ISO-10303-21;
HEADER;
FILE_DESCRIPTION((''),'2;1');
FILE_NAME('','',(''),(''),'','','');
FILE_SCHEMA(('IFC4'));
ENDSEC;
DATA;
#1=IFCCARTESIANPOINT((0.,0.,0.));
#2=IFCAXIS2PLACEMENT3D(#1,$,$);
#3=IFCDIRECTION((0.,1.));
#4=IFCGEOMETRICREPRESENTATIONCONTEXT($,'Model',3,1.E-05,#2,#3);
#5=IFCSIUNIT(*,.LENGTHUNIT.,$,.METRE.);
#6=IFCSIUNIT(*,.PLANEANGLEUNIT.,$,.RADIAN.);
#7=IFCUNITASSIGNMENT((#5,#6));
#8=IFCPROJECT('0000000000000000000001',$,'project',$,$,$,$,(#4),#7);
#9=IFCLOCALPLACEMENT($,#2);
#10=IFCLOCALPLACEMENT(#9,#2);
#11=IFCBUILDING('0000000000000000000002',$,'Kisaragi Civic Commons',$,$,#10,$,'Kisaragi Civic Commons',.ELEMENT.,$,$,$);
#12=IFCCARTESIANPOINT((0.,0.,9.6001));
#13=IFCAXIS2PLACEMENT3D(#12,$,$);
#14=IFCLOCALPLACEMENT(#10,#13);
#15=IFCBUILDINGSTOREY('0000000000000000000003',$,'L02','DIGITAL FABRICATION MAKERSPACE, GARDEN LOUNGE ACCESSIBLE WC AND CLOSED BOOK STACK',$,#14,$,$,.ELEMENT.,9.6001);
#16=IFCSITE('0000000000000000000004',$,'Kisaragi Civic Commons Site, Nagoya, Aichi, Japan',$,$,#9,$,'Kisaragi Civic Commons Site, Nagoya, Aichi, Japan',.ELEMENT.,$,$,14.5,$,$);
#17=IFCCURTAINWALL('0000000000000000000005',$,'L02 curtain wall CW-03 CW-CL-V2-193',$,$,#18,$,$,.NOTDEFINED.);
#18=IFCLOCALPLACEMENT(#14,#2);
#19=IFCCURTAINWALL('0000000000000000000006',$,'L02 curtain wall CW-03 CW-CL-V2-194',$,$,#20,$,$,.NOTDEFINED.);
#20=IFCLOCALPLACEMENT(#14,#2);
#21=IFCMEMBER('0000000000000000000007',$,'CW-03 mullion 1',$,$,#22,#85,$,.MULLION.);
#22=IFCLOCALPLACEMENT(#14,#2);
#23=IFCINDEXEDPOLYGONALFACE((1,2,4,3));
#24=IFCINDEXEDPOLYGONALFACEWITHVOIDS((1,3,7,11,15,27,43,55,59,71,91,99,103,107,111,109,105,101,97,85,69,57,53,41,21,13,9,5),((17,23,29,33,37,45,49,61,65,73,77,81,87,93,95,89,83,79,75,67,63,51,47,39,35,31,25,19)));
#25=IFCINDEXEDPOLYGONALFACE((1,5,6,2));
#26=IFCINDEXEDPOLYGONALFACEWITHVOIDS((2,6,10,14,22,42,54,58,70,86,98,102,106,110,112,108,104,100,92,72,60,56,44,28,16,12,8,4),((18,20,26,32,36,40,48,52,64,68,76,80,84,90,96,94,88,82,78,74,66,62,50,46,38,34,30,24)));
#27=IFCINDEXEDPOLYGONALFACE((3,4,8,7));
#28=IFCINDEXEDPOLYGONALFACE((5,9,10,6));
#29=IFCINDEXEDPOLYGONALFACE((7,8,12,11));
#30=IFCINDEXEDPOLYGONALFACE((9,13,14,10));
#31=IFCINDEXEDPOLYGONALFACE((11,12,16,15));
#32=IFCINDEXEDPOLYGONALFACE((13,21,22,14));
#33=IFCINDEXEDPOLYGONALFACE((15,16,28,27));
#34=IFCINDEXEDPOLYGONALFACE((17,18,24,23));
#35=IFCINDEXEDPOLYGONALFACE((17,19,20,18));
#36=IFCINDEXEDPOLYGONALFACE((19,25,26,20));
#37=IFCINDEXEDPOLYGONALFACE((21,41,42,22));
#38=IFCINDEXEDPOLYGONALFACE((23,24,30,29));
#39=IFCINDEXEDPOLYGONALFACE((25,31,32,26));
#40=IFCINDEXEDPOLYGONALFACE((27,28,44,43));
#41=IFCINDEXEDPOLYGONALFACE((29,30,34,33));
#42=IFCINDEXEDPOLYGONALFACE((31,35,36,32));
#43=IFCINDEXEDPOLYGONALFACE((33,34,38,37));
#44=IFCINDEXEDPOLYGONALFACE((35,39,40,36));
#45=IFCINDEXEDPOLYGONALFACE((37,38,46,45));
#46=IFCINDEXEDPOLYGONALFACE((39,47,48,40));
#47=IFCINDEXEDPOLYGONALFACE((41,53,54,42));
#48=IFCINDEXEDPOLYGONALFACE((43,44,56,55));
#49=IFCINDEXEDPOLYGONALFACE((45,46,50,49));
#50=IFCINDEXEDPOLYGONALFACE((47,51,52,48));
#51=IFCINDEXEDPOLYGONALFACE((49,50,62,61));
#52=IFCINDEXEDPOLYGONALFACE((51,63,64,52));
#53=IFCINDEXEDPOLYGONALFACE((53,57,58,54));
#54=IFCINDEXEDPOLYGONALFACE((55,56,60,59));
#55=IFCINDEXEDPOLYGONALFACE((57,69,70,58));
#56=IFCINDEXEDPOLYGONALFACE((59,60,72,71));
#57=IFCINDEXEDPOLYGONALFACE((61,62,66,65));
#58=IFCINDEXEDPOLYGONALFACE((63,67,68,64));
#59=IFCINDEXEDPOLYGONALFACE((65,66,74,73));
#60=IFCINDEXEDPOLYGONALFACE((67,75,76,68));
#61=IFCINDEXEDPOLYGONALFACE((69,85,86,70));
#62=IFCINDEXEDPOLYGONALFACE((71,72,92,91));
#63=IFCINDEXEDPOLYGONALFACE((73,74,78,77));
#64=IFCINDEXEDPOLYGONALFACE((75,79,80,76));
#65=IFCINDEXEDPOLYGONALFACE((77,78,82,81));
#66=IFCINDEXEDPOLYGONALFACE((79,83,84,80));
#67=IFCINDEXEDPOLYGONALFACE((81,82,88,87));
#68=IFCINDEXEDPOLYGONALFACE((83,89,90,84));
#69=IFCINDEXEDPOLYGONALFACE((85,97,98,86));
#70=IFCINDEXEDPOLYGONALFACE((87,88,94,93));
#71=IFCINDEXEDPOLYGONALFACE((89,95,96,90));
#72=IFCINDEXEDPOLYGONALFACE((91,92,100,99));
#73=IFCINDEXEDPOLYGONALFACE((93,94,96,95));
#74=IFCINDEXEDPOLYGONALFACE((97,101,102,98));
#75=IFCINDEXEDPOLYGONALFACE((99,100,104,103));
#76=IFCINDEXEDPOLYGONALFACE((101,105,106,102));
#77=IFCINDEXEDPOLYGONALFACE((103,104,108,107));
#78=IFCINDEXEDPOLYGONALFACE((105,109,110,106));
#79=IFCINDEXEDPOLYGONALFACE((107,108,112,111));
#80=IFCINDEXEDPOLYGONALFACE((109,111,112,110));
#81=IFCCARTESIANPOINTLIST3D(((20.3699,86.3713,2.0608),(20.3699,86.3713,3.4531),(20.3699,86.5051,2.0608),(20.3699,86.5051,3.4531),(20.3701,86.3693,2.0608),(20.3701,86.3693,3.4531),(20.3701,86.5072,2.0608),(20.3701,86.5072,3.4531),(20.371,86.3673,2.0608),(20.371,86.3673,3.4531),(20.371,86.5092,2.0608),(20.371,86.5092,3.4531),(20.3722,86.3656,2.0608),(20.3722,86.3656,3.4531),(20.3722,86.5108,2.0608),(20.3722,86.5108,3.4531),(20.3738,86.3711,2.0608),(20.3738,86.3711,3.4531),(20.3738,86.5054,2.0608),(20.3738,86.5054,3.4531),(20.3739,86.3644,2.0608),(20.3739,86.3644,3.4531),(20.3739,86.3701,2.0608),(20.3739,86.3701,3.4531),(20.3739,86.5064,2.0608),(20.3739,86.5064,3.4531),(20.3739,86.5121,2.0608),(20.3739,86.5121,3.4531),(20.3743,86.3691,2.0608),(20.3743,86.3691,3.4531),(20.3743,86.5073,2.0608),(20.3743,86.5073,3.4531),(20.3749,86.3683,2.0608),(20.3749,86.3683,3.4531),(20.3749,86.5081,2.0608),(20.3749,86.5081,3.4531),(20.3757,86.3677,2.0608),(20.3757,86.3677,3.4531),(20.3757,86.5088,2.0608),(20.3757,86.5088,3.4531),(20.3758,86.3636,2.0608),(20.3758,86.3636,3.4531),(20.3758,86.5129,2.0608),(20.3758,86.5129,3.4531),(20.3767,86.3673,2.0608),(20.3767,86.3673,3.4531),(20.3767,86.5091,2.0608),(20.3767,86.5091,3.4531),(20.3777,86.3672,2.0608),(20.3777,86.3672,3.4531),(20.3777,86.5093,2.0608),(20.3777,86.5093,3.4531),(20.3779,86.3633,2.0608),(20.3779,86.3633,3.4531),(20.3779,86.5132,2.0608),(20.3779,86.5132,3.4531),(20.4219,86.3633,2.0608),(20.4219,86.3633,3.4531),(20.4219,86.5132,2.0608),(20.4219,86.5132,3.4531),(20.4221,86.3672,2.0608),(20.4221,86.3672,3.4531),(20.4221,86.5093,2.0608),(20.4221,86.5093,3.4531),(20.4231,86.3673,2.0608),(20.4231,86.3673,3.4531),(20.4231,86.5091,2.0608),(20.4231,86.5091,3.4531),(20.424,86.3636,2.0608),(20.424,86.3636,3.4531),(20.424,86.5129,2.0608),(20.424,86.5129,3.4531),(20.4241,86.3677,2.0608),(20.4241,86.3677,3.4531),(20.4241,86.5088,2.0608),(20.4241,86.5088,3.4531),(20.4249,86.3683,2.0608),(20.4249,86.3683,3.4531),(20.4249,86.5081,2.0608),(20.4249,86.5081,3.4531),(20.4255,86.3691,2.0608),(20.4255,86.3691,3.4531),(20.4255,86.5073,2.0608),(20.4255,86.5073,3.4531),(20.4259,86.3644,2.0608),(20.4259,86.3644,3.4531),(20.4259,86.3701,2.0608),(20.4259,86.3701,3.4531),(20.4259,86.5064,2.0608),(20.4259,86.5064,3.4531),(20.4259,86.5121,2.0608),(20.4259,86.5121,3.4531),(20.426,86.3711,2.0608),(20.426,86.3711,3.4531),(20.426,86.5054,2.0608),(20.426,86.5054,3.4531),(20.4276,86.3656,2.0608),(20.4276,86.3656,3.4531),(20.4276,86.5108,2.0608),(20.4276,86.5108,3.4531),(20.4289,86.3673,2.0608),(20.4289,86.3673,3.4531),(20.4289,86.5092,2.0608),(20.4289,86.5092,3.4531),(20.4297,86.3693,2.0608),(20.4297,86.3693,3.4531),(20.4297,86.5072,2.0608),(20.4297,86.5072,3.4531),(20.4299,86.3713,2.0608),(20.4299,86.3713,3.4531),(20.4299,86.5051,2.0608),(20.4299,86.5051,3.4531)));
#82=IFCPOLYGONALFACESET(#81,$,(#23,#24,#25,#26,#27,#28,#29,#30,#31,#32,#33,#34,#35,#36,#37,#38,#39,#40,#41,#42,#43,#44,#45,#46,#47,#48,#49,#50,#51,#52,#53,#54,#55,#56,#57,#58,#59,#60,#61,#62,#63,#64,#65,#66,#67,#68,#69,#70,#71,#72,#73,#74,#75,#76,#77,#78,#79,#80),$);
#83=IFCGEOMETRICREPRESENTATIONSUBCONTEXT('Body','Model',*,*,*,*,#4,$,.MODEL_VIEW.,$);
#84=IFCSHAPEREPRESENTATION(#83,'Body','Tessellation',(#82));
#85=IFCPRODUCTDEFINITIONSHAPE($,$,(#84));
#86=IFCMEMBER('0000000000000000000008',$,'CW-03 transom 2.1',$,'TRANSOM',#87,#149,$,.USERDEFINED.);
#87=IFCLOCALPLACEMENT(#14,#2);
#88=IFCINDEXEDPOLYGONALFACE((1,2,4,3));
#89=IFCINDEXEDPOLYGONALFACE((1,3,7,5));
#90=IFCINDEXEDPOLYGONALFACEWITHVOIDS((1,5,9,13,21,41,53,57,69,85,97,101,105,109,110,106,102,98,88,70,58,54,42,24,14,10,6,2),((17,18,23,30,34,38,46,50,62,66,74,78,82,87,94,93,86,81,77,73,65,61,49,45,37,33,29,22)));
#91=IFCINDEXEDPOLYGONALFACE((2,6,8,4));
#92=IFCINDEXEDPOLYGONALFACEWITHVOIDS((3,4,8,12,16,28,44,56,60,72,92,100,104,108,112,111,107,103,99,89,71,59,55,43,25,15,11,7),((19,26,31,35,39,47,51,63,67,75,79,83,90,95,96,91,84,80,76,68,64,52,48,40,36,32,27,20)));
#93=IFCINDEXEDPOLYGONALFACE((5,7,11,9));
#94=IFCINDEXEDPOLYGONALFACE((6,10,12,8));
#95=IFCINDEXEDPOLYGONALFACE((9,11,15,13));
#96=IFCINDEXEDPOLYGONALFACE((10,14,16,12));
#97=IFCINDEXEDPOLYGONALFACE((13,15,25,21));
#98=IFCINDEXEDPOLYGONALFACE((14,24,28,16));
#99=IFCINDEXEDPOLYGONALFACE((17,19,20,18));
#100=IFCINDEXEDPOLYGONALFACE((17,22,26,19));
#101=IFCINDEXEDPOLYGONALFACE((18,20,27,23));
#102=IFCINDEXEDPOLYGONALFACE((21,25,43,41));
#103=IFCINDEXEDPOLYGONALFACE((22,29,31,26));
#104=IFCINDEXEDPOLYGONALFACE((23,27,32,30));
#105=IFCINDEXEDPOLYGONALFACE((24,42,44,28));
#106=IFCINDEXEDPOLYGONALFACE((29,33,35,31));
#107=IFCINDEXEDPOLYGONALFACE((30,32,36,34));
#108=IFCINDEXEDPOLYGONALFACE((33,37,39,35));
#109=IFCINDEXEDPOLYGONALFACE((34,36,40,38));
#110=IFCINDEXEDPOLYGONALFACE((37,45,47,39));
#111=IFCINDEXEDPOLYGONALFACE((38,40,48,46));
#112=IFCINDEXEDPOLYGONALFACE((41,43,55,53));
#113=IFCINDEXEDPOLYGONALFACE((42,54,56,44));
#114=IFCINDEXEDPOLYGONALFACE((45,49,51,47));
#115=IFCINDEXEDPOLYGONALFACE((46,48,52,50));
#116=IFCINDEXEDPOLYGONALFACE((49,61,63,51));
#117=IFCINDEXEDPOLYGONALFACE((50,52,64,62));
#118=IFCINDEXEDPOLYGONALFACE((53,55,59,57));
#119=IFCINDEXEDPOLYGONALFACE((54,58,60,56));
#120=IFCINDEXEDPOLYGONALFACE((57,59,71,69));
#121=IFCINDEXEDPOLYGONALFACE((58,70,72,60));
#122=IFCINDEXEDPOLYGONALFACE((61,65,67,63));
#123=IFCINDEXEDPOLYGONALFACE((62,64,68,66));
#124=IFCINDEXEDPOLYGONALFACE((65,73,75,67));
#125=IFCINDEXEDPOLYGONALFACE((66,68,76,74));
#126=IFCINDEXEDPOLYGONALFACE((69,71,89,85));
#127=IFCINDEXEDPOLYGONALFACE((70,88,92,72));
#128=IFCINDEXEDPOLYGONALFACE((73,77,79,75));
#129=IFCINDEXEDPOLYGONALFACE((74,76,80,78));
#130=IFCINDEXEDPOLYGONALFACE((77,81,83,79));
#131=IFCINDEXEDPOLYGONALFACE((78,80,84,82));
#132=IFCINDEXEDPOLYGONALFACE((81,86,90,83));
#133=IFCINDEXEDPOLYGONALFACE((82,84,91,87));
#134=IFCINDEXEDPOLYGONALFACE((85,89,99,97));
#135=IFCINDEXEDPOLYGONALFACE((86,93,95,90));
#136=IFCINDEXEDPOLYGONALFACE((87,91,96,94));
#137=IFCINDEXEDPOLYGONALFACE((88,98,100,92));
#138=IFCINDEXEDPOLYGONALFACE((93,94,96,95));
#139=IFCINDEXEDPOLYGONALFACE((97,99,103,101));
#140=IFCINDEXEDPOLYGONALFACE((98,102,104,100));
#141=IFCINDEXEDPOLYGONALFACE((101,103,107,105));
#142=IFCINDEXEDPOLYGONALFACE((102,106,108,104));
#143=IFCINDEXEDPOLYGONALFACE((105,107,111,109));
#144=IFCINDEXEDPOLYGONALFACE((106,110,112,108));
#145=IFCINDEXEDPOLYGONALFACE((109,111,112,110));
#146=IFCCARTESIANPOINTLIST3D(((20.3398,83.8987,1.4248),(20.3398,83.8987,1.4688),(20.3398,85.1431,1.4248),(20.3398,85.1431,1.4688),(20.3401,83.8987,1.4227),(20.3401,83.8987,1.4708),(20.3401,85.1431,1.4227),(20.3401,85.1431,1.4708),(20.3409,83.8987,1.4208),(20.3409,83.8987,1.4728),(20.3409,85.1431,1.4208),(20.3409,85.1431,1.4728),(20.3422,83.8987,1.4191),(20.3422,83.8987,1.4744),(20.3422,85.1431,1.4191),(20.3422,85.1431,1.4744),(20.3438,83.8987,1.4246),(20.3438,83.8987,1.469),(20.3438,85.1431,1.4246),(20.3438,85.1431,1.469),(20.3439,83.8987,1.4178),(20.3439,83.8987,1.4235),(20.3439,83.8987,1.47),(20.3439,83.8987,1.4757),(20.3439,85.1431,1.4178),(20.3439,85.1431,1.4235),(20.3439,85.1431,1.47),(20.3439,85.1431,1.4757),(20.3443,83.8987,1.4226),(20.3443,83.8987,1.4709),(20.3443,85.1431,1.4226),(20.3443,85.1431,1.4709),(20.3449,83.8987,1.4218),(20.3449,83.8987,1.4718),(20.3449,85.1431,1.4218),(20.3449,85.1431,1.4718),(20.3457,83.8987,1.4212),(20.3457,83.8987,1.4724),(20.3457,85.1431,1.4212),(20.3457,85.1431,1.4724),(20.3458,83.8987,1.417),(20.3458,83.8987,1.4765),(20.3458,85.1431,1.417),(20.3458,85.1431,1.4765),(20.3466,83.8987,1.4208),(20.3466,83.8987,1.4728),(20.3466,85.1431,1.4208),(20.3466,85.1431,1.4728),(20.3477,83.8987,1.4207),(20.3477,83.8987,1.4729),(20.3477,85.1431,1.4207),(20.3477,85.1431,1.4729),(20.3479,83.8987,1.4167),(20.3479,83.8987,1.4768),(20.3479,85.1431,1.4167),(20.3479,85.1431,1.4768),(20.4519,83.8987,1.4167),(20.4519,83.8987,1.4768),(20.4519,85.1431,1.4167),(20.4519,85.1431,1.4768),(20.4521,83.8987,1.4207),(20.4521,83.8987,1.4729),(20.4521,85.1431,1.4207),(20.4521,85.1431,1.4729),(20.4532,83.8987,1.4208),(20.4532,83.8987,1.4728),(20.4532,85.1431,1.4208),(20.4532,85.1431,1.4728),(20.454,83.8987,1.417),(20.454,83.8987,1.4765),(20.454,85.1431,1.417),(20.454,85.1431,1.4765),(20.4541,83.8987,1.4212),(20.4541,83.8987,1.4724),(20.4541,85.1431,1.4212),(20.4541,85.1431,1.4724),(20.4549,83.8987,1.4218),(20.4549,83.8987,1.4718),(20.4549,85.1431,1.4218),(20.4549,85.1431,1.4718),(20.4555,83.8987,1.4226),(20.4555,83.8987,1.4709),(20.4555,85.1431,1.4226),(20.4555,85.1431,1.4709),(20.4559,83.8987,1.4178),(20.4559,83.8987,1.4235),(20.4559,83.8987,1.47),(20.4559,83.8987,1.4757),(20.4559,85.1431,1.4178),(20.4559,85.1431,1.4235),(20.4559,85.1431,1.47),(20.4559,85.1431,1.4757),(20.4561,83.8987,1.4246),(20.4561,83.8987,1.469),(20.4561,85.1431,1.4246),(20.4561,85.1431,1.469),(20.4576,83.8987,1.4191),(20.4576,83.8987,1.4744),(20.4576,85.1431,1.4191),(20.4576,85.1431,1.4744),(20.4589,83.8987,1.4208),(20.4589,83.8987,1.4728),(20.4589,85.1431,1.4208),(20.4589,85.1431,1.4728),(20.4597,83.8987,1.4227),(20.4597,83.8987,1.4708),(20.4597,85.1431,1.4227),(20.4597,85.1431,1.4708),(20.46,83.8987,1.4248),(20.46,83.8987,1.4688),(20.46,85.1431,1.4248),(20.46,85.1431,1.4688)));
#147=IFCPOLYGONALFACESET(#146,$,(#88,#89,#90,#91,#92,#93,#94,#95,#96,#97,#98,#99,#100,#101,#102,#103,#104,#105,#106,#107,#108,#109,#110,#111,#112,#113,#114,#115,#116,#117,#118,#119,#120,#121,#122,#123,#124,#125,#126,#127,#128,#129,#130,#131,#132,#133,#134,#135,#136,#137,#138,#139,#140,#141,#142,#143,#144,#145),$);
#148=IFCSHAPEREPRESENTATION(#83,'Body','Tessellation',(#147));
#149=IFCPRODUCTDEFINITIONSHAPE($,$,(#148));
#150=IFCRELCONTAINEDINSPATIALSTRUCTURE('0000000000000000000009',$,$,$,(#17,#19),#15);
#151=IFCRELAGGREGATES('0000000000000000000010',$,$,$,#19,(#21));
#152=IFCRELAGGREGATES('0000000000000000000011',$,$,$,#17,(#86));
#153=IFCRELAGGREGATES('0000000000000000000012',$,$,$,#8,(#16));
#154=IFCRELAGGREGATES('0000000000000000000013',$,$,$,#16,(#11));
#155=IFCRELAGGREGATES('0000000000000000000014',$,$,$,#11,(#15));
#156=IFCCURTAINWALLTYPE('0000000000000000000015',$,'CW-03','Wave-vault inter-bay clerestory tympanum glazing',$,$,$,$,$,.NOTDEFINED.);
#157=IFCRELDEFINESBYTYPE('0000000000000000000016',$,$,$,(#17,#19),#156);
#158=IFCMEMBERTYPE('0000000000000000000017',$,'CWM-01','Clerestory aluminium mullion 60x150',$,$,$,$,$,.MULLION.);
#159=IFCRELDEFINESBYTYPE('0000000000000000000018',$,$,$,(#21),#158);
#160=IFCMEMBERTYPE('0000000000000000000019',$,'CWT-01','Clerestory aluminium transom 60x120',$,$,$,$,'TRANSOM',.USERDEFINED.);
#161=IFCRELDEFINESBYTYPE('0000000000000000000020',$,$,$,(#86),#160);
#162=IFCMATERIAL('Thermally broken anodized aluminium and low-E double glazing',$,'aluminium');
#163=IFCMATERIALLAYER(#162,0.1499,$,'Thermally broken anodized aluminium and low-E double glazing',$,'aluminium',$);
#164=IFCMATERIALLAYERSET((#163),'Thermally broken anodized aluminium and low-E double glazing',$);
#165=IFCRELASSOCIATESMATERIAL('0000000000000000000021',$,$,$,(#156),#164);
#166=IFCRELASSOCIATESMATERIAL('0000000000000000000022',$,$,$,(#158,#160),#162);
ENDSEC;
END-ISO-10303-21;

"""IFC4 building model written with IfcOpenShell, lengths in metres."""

from ifc_helpers import new_model, si_unit, direction, frame, origin, origin_2d, place, context, subcontext, project, spatial, hollow_rectangle, extrude, material, layer, layer_set, material_profile, profile_set, type_object, element, aggregate, save


model = new_model("IFC4")

# Units and contexts
model_context = context("Model", 3, precision=1e-05, world=origin(), true_north=direction((0.0, 1.0)))
body_context = subcontext(model_context, "Body", "Model", "MODEL_VIEW")
ifc_project = project(units=[si_unit("LENGTHUNIT", "METRE"), si_unit("PLANEANGLEUNIT", "RADIAN")], contexts=[model_context])

# Site, building, storey
site_placement = place(None, origin())
site = spatial("IfcSite", under=ifc_project, at=site_placement, Name="Kisaragi Civic Commons Site, Nagoya, Aichi, Japan", LongName="Kisaragi Civic Commons Site, Nagoya, Aichi, Japan", CompositionType="ELEMENT", RefElevation=14.5)
building_placement = place(site_placement, origin())
building = spatial("IfcBuilding", under=site, at=building_placement, Name="Kisaragi Civic Commons", LongName="Kisaragi Civic Commons", CompositionType="ELEMENT")
storey_placement = place(building_placement, frame((0.0, 0.0, 9.6001)))
storey = spatial("IfcBuildingStorey", under=building, at=storey_placement, Name="L02", Description="DIGITAL FABRICATION MAKERSPACE, GARDEN LOUNGE ACCESSIBLE WC AND CLOSED BOOK STACK", CompositionType="ELEMENT", Elevation=9.6001)

# Curtain wall
ifc_material_1 = material(Name="Thermally broken anodized aluminium and low-E double glazing", Category="aluminium")
ifc_layer_1 = layer(ifc_material_1, 0.1499, Name="Thermally broken anodized aluminium and low-E double glazing", Category="aluminium")
ifc_layer_set_1 = layer_set([ifc_layer_1], Name="Thermally broken anodized aluminium and low-E double glazing")
curtain_wall_type = type_object("IfcCurtainWallType", Name="CW-03", Description="Wave-vault inter-bay clerestory tympanum glazing", PredefinedType="NOTDEFINED", material=ifc_layer_set_1)
curtain_wall_1_placement = place(storey_placement, origin())
curtain_wall_1 = element("IfcCurtainWall", 1, at=curtain_wall_1_placement, inside=storey, type_object=curtain_wall_type, Name="L02 curtain wall CW-03 CW-CL-V2-193", PredefinedType="NOTDEFINED")
ifc_material_profile_1 = material_profile(ifc_material_1, hollow_rectangle(XDim=0.0601, YDim=0.1499, WallThickness=0.0039, InnerFilletRadius=0.0039, OuterFilletRadius=0.0081, at=origin_2d()), Name="CWM-60x150x4", Category="aluminium")
ifc_profile_set_1 = profile_set([ifc_material_profile_1], Name="Thermally broken anodized aluminium and low-E double glazing")
member_type_1 = type_object("IfcMemberType", Name="CWM-01", Description="Clerestory aluminium mullion 60x150", PredefinedType="MULLION", material=ifc_profile_set_1)

# Curtain wall, member
curtain_wall_2_placement = place(storey_placement, origin())
curtain_wall_2 = element("IfcCurtainWall", 2, at=curtain_wall_2_placement, inside=storey, type_object=curtain_wall_type, Name="L02 curtain wall CW-03 CW-CL-V2-194", PredefinedType="NOTDEFINED")
member_1_placement = place(storey_placement, frame((20.3999, 86.4382, 2.0608), z_axis=(0.0, 0.0, 1.0), x_axis=(-1.0, 0.0, 0.0)))
member_1 = element("IfcMember", 3, at=member_1_placement, type_object=member_type_1, Name="CW-03 mullion 1", PredefinedType="MULLION", context=body_context, shape_type="SweptSolid", body=[
    extrude(hollow_rectangle(XDim=0.0601, YDim=0.1499, WallThickness=0.0039, InnerFilletRadius=0.0039, OuterFilletRadius=0.0081, at=origin_2d()), origin(), (0.0, 0.0, 1.0), 1.3923),
])

# Member
ifc_material_profile_2 = material_profile(ifc_material_1, hollow_rectangle(XDim=0.1201, YDim=0.0601, WallThickness=0.0039, InnerFilletRadius=0.0039, OuterFilletRadius=0.0081, at=origin_2d()), Name="CWT-60x120x4", Category="aluminium")
ifc_profile_set_2 = profile_set([ifc_material_profile_2], Name="Thermally broken anodized aluminium and low-E double glazing")
member_type_2 = type_object("IfcMemberType", Name="CWT-01", Description="Clerestory aluminium transom 60x120", ElementType="TRANSOM", PredefinedType="USERDEFINED", material=ifc_profile_set_2)
member_2_placement = place(storey_placement, frame((20.3999, 83.8987, 1.4468), z_axis=(0.0, 1.0, 0.0), x_axis=(-1.0, 0.0, 0.0)))
member_2 = element("IfcMember", 4, at=member_2_placement, type_object=member_type_2, Name="CW-03 transom 2.1", ObjectType="TRANSOM", PredefinedType="USERDEFINED", context=body_context, shape_type="SweptSolid", body=[
    extrude(hollow_rectangle(XDim=0.1201, YDim=0.0601, WallThickness=0.0039, InnerFilletRadius=0.0039, OuterFilletRadius=0.0081, at=origin_2d()), origin(), (0.0, 0.0, 1.0), 1.2444),
])
aggregate(curtain_wall_2, [member_1])

aggregate(curtain_wall_1, [member_2])

save(model, "model.ifc")
